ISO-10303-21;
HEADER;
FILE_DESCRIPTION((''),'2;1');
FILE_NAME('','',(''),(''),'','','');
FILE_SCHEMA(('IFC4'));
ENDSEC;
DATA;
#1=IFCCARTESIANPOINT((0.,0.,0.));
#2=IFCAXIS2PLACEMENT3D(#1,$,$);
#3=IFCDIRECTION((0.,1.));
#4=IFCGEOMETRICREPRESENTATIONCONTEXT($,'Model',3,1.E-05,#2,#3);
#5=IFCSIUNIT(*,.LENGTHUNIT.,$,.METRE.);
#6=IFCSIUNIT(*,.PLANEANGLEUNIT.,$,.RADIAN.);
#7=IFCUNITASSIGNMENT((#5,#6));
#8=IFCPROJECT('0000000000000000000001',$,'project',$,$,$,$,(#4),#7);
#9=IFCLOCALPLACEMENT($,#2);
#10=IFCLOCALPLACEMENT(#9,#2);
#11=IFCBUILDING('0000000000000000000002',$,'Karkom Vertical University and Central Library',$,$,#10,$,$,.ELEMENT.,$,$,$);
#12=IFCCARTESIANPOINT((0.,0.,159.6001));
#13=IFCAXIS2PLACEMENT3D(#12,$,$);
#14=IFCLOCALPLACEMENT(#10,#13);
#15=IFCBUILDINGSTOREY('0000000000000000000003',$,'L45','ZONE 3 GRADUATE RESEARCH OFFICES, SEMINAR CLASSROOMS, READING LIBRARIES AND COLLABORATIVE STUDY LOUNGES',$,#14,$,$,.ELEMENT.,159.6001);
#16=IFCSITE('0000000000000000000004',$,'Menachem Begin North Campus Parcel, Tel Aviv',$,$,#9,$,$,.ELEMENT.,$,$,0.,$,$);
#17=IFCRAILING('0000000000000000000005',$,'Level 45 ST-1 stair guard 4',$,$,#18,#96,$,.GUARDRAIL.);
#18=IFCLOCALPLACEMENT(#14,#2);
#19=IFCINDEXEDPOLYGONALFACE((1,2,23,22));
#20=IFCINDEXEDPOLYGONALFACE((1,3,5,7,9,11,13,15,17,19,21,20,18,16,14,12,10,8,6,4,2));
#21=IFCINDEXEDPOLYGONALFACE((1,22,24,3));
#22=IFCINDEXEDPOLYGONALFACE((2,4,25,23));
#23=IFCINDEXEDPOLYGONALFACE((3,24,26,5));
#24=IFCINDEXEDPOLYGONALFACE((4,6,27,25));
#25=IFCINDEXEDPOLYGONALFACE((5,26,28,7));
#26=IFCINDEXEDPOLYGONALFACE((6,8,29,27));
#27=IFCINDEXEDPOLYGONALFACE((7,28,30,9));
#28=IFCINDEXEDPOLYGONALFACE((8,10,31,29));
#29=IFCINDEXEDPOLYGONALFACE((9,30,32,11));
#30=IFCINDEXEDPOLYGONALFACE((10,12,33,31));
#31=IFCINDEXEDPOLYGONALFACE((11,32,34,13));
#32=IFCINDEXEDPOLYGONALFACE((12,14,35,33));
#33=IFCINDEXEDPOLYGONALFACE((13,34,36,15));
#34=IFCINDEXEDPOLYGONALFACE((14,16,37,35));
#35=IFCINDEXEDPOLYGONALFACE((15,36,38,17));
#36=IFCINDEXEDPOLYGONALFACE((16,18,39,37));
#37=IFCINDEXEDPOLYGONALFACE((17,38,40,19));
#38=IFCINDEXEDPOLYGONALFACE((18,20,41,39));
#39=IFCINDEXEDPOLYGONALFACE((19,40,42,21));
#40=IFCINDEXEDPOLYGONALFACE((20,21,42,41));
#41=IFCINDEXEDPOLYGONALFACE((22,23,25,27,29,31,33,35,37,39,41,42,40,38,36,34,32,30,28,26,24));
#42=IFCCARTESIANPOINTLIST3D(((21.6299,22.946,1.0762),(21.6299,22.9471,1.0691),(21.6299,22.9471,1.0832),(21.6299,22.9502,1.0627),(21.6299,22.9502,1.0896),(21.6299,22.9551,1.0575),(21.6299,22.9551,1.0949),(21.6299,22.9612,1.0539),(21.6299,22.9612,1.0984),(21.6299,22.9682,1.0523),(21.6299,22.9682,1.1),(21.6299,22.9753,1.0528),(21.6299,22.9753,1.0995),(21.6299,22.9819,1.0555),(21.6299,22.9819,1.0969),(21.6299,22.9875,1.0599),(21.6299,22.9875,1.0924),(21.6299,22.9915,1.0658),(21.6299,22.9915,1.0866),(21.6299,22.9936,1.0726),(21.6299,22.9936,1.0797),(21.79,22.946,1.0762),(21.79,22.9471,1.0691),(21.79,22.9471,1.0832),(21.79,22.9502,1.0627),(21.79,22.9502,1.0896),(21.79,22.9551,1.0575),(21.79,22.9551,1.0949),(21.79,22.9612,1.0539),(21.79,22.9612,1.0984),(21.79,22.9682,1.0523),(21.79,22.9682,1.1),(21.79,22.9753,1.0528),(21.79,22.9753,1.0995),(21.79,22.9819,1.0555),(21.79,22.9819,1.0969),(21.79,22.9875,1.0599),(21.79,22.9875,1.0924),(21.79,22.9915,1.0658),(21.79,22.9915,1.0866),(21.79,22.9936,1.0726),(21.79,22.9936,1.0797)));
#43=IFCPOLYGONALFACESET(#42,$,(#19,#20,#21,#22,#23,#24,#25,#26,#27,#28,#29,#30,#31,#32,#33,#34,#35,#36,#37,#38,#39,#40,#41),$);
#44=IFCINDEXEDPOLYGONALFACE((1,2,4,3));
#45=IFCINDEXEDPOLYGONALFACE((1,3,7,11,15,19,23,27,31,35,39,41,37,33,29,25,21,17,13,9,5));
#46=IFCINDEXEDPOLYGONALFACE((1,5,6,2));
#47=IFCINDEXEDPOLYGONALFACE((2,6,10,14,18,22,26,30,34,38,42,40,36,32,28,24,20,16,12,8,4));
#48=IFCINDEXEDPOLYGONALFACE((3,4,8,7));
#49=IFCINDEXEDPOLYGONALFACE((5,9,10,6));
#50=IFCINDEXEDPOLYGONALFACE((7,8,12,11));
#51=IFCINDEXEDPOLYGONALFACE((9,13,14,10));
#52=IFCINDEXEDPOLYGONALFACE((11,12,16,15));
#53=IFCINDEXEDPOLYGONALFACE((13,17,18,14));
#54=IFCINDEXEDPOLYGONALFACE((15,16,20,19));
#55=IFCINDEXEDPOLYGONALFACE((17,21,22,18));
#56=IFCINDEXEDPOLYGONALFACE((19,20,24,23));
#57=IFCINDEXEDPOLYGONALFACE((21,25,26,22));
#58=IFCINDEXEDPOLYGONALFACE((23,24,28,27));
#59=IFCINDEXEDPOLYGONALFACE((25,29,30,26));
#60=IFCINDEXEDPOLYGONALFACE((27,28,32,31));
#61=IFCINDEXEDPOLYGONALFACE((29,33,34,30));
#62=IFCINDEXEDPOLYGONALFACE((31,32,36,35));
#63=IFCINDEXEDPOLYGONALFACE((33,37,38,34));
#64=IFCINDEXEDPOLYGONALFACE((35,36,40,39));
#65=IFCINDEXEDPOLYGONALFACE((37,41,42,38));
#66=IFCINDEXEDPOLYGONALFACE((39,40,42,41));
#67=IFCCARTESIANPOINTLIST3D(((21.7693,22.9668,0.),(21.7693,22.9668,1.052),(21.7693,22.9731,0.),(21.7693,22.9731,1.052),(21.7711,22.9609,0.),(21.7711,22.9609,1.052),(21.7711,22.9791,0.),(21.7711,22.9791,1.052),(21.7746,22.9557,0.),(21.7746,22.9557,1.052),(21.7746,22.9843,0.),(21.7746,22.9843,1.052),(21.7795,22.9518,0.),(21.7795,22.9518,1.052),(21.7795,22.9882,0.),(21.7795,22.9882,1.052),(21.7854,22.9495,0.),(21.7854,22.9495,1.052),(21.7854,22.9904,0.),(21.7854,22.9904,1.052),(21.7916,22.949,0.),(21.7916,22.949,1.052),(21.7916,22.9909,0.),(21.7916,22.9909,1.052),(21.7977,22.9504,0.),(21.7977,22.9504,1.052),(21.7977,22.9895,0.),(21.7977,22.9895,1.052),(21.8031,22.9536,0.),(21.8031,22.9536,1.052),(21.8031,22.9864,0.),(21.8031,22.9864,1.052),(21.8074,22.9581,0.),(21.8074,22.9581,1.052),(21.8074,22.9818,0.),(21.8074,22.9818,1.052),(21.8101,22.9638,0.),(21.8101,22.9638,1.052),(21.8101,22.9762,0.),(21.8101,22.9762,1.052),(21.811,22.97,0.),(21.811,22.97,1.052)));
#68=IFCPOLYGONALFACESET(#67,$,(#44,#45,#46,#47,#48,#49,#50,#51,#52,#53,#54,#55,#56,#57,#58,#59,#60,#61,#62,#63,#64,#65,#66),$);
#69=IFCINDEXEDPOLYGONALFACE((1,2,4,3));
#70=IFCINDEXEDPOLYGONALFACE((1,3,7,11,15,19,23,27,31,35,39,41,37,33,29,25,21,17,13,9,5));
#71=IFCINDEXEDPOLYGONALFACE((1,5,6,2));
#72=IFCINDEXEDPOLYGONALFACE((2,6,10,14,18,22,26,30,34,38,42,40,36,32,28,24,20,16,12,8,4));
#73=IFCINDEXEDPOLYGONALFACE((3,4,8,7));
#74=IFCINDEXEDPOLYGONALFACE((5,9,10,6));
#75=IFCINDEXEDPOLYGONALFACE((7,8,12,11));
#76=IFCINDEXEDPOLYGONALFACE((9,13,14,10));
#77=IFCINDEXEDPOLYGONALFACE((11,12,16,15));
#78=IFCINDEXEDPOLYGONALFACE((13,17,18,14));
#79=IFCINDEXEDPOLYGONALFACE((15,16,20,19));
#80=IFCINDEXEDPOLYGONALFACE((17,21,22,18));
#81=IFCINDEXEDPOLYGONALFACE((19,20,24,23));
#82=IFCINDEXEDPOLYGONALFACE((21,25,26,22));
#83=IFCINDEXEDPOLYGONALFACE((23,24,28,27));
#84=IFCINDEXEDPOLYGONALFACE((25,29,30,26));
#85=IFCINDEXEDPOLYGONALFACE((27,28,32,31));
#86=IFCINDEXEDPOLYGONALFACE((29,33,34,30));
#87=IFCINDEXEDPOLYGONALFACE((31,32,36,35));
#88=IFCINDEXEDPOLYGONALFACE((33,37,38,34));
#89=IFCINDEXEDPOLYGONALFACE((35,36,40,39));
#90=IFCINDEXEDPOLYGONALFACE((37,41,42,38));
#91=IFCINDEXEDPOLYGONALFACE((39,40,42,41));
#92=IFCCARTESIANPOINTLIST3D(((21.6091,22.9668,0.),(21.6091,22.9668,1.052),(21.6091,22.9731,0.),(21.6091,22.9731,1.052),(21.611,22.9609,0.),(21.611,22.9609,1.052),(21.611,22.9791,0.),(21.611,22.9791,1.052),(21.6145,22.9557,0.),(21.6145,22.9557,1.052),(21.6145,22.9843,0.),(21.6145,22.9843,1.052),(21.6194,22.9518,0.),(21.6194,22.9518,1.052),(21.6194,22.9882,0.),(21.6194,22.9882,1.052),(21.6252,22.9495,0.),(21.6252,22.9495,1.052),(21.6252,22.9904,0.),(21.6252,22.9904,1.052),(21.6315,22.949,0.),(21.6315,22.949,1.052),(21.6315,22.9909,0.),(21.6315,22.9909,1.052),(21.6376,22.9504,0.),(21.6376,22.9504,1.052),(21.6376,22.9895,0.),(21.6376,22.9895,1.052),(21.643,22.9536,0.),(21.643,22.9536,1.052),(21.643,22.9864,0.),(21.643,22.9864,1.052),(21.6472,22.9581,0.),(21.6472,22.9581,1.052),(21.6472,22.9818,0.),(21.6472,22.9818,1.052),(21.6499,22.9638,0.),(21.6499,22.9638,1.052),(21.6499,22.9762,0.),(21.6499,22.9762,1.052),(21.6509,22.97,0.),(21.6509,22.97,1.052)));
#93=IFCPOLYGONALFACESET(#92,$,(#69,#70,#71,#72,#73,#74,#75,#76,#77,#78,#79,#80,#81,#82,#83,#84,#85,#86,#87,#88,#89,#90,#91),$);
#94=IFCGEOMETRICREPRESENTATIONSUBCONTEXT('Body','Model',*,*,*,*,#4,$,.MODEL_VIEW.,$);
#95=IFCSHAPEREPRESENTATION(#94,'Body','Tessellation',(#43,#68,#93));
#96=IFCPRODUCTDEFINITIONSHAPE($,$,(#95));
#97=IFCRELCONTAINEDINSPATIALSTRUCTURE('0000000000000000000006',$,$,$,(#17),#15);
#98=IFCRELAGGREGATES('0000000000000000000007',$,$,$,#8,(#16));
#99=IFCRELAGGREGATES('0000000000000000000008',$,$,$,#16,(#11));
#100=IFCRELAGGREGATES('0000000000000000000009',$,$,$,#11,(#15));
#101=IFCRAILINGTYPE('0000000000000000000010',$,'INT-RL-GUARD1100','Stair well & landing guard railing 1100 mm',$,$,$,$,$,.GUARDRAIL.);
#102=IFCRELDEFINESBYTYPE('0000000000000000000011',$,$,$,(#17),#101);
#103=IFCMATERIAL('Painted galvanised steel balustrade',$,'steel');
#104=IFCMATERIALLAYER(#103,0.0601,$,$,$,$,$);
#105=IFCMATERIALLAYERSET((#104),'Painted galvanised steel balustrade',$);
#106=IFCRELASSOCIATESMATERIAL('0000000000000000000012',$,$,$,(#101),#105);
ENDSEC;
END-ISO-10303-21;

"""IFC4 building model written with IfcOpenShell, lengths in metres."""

from ifc_helpers import new_model, si_unit, direction, frame, origin, origin_2d, place, context, subcontext, project, spatial, circle, extrude, material, layer, layer_set, type_object, element, save


model = new_model("IFC4")

# Units and contexts
model_context = context("Model", 3, precision=1e-05, world=origin(), true_north=direction((0.0, 1.0)))
body_context = subcontext(model_context, "Body", "Model", "MODEL_VIEW")
ifc_project = project(units=[si_unit("LENGTHUNIT", "METRE"), si_unit("PLANEANGLEUNIT", "RADIAN")], contexts=[model_context])

# Site, building, storey
site_placement = place(None, origin())
site = spatial("IfcSite", under=ifc_project, at=site_placement, Name="Menachem Begin North Campus Parcel, Tel Aviv", CompositionType="ELEMENT", RefElevation=0.0)
building_placement = place(site_placement, origin())
building = spatial("IfcBuilding", under=site, at=building_placement, Name="Karkom Vertical University and Central Library", CompositionType="ELEMENT")
storey_placement = place(building_placement, frame((0.0, 0.0, 159.6001)))
storey = spatial("IfcBuildingStorey", under=building, at=storey_placement, Name="L45", Description="ZONE 3 GRADUATE RESEARCH OFFICES, SEMINAR CLASSROOMS, READING LIBRARIES AND COLLABORATIVE STUDY LOUNGES", CompositionType="ELEMENT", Elevation=159.6001)

# Railing
ifc_material_1 = material(Name="Painted galvanised steel balustrade", Category="steel")
ifc_layer_1 = layer(ifc_material_1, 0.0601)
ifc_layer_set_1 = layer_set([ifc_layer_1], Name="Painted galvanised steel balustrade")
railing_type_1 = type_object("IfcRailingType", Name="INT-RL-GUARD1100", Description="Stair well & landing guard railing 1100 mm", PredefinedType="GUARDRAIL", material=ifc_layer_set_1)
railing_1_placement = place(storey_placement, frame((21.79, 22.97, 0.0)))
element("IfcRailing", 1, at=railing_1_placement, inside=storey, type_object=railing_type_1, Name="Level 45 ST-1 stair guard 4", PredefinedType="GUARDRAIL", context=body_context, shape_type="SweptSolid", body=[
    extrude(circle(Radius=0.0239, at=origin_2d()), frame((0.0, 0.0, 1.0762), z_axis=(-1.0, 0.0, 0.0), x_axis=(0.0, -1.0, 0.0)), (0.0, 0.0, 1.0), 0.1602),
    extrude(circle(Radius=0.021, at=origin_2d()), origin(), (0.0, 0.0, 1.0), 1.052),
    extrude(circle(Radius=0.021, at=origin_2d()), frame((-0.1602, 0.0, 0.0)), (0.0, 0.0, 1.0), 1.052),
])

save(model, "model.ifc")
